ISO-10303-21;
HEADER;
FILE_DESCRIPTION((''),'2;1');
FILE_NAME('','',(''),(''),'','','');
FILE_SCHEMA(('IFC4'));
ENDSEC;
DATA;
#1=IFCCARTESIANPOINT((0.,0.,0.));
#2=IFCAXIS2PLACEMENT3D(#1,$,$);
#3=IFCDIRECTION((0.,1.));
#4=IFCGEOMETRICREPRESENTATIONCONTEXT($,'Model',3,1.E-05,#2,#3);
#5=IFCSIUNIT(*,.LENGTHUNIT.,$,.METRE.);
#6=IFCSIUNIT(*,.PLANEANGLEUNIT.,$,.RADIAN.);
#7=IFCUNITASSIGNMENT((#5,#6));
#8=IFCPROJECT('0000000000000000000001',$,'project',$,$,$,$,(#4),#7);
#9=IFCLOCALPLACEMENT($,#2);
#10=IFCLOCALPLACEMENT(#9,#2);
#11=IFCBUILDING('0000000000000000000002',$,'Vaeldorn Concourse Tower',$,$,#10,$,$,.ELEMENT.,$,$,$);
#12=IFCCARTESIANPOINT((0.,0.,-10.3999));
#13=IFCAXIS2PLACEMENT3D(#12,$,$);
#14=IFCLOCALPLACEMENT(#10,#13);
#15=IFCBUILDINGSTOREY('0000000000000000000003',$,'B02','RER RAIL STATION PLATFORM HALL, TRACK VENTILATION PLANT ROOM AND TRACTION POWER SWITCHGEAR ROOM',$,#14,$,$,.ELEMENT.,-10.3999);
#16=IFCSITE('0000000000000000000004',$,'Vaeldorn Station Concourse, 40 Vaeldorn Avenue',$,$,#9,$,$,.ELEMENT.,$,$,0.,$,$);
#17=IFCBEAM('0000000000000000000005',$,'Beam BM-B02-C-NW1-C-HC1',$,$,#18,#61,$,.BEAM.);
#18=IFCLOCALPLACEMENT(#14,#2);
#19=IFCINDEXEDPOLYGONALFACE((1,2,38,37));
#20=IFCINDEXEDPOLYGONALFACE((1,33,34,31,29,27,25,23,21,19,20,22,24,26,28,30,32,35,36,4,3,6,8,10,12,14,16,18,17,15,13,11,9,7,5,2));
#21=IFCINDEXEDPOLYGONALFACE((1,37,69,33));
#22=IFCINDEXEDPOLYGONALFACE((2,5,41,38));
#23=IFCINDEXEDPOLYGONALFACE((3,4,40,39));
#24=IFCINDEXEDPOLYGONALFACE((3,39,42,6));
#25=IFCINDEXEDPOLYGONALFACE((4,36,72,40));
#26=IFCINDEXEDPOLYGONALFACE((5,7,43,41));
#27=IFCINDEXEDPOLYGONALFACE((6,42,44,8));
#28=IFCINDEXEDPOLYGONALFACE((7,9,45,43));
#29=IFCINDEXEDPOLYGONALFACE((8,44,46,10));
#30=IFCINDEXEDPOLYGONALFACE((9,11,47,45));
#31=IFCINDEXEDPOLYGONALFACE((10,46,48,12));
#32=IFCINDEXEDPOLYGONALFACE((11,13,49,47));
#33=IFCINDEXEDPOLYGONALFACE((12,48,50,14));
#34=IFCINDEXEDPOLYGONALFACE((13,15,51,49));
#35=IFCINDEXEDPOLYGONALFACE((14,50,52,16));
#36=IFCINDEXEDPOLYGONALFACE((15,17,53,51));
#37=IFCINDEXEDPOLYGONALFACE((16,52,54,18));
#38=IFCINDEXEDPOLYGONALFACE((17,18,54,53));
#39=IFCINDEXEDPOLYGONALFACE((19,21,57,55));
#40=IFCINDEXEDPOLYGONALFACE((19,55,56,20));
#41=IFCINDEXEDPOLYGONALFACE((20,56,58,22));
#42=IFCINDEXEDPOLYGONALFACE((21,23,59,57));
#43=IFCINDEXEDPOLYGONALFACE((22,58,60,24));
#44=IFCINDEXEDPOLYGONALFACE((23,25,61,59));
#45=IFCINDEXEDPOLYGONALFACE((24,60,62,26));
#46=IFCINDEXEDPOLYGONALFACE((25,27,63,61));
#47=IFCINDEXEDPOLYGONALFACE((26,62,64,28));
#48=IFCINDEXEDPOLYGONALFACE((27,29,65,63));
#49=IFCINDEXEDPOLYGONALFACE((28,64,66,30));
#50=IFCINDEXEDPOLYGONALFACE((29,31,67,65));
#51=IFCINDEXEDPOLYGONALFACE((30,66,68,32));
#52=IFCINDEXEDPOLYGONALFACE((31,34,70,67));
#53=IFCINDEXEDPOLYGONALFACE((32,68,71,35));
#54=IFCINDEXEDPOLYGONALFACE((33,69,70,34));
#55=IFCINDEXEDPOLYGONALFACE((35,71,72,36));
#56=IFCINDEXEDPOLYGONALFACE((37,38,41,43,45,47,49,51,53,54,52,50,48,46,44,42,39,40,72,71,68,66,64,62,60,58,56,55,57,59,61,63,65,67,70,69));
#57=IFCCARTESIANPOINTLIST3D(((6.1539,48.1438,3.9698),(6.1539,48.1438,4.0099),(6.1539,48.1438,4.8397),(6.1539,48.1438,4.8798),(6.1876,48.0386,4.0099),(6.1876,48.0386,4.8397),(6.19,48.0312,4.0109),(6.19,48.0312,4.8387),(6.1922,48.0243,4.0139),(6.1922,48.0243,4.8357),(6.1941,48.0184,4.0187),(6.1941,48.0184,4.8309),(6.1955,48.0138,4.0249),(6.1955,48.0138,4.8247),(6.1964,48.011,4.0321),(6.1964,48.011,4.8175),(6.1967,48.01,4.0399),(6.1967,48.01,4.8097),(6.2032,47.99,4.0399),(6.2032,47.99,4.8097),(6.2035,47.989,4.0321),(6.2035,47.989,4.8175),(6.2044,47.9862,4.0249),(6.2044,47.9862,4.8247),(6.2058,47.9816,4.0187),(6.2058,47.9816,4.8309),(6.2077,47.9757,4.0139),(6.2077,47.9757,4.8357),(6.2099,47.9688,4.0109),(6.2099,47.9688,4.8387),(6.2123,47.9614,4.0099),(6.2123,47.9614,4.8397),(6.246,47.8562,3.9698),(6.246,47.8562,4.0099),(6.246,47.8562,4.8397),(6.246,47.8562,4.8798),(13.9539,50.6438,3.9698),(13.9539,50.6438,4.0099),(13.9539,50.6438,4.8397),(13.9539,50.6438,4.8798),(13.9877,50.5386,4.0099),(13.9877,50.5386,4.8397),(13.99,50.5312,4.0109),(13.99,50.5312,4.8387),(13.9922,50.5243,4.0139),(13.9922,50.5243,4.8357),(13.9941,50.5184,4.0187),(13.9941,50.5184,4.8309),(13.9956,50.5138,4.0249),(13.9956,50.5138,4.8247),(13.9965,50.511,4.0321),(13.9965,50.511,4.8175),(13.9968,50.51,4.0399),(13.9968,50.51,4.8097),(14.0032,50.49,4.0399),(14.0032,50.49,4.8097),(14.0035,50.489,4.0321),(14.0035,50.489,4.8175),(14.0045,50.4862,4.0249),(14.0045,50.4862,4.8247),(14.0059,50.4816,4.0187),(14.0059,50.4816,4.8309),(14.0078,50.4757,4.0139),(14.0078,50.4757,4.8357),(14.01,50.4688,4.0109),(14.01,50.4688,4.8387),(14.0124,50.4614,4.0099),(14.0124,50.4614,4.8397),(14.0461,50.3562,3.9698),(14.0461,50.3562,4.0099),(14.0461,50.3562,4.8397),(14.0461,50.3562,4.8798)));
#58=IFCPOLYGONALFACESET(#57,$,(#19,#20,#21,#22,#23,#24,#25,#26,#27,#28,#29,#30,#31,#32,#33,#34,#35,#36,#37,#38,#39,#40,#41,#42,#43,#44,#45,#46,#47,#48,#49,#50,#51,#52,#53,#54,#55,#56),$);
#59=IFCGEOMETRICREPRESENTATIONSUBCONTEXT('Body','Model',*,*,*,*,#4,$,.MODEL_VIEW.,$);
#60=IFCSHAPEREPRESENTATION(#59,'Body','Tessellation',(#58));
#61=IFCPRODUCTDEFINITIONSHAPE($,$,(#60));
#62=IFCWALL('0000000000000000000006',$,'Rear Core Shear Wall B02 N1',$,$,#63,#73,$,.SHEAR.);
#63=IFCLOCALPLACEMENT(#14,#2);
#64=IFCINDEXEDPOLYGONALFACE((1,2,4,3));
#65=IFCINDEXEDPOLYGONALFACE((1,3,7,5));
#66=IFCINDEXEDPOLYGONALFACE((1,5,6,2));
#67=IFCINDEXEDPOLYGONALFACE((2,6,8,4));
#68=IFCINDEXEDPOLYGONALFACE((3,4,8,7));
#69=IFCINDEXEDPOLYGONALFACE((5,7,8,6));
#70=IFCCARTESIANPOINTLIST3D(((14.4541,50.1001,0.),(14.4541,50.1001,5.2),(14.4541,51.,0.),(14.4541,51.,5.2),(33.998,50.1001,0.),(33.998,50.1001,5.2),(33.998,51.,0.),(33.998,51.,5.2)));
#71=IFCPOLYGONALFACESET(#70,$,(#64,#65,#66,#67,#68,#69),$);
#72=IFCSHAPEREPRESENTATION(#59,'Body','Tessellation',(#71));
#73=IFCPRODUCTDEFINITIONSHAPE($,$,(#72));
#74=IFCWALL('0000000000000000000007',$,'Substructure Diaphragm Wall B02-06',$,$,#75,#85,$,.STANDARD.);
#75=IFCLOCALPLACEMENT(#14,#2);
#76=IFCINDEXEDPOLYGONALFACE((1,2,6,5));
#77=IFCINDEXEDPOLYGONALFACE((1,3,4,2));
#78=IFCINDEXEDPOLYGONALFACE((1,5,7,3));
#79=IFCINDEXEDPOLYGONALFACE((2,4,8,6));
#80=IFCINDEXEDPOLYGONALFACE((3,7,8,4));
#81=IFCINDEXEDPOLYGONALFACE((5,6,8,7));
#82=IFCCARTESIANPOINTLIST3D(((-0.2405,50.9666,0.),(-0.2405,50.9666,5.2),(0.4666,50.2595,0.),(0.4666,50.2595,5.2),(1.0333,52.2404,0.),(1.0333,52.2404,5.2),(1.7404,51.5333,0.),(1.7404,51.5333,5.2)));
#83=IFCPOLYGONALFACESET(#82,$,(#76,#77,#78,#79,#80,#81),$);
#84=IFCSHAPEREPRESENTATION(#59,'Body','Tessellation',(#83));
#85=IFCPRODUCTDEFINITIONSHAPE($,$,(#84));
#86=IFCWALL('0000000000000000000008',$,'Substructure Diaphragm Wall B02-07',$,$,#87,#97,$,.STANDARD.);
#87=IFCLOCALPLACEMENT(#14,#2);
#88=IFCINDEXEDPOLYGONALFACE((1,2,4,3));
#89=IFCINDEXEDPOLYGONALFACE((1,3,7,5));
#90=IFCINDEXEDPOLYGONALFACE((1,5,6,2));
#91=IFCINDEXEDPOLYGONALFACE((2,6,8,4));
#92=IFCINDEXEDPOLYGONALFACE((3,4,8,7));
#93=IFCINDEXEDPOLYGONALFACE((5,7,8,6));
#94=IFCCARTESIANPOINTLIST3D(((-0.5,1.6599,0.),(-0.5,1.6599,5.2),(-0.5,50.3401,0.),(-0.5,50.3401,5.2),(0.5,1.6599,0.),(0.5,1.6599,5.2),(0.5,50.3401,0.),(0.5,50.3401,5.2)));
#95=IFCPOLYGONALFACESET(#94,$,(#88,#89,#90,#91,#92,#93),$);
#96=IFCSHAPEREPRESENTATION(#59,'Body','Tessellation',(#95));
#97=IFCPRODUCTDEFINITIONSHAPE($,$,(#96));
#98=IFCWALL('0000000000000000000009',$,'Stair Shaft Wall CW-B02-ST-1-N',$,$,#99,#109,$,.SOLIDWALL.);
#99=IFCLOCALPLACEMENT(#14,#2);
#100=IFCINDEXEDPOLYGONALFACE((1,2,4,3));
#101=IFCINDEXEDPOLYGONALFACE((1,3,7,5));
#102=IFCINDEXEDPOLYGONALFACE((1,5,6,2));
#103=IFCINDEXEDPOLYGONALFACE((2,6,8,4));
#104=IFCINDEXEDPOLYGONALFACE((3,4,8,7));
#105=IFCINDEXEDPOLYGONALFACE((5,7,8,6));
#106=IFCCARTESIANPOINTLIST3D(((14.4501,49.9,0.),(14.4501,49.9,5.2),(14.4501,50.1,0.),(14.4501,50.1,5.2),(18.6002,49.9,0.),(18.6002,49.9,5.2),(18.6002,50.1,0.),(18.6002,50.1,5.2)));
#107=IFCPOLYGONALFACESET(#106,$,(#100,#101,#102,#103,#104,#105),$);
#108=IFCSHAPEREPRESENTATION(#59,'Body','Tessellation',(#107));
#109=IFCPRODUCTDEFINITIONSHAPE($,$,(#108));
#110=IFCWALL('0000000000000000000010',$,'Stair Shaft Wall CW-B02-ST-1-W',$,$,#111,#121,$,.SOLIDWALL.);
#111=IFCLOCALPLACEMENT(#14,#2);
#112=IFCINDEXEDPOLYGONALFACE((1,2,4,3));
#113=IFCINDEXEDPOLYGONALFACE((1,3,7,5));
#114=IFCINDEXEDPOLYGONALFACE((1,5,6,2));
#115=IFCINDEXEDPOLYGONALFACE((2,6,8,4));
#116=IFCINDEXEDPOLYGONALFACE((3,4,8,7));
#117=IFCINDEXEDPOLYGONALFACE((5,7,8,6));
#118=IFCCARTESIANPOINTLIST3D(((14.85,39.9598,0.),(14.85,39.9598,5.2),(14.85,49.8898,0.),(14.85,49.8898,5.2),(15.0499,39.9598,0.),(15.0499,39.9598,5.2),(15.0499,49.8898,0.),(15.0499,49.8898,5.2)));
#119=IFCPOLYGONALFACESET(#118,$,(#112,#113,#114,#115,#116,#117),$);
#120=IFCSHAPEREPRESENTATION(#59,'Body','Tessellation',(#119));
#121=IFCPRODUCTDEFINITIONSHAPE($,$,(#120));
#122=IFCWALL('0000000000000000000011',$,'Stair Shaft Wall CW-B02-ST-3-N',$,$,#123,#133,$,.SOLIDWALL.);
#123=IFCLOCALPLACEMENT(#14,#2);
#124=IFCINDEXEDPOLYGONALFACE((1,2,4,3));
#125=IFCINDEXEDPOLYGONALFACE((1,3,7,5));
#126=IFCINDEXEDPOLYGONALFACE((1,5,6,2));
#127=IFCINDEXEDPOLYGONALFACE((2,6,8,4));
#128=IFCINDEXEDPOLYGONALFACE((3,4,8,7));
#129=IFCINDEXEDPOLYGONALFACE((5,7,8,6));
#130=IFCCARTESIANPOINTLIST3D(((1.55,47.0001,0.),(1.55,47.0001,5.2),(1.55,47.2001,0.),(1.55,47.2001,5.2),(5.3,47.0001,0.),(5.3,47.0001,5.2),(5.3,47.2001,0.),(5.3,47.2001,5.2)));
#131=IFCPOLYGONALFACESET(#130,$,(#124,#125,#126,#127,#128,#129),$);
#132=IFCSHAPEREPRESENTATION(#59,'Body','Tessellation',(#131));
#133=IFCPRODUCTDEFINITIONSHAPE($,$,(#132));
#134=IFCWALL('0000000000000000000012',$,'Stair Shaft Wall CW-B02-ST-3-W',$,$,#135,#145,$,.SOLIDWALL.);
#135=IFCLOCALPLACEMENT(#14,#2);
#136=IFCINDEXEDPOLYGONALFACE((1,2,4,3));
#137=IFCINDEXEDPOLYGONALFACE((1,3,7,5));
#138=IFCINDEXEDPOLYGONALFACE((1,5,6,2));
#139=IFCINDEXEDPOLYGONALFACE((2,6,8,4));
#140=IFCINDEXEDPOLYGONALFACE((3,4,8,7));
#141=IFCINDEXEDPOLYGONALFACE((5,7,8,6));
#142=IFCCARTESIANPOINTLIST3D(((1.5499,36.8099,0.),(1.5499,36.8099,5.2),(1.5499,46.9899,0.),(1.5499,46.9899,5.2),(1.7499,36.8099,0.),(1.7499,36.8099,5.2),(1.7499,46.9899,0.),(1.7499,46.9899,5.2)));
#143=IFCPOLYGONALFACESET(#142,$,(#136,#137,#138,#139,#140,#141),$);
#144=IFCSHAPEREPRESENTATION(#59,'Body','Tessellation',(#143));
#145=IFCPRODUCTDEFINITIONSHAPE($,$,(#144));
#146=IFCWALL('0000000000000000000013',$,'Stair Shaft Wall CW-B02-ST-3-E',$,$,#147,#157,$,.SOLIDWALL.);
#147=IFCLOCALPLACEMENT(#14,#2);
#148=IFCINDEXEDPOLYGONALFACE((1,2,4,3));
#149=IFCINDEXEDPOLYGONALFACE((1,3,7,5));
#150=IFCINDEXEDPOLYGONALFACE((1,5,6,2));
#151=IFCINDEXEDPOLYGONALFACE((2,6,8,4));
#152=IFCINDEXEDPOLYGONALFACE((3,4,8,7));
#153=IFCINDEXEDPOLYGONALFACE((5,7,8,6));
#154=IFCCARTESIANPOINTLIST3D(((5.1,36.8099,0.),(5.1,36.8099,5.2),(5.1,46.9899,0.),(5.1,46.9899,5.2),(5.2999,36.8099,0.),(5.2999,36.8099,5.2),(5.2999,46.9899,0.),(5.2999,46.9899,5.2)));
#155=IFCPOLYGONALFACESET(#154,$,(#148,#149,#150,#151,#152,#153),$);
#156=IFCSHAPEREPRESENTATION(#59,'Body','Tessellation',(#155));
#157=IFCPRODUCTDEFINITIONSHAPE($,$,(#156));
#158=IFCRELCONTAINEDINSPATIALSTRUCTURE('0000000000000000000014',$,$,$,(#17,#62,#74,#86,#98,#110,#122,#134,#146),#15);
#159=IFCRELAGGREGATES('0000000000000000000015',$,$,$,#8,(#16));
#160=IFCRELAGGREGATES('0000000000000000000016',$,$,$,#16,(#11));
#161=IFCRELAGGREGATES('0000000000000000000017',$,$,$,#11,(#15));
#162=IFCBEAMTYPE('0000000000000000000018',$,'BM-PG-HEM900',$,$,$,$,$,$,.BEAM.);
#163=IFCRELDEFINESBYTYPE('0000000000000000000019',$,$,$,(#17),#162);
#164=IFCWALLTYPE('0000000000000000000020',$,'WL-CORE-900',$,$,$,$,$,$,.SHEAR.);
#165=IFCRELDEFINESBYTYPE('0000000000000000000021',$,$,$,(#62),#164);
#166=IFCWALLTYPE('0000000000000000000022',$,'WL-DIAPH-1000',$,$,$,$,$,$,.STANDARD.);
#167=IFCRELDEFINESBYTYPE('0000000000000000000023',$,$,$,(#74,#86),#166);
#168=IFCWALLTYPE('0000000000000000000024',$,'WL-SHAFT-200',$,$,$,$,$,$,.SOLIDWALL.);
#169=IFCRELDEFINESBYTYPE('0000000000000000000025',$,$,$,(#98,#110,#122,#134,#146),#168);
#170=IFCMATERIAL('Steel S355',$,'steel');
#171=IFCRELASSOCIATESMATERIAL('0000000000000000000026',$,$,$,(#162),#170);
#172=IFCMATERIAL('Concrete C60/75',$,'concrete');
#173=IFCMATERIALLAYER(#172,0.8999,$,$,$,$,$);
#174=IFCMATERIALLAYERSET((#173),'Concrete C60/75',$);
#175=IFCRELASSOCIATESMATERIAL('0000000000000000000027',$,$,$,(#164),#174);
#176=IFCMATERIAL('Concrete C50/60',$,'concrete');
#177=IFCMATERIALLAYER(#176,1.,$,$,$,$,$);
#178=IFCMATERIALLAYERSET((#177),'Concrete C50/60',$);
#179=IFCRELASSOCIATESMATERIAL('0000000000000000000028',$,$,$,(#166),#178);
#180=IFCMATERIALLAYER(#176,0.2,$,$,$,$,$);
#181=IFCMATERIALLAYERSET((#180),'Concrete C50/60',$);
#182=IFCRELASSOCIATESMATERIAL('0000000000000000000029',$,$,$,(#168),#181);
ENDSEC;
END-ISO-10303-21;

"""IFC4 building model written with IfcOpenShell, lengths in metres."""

from ifc_helpers import new_model, si_unit, direction, frame, frame_2d, origin, origin_2d, place, context, subcontext, project, spatial, rectangle, i_section, extrude, source, transform, mapped, material, layer, layer_set, material_profile, profile_set, type_object, element, save


model = new_model("IFC4")

# Units and contexts
model_context = context("Model", 3, precision=1e-05, world=origin(), true_north=direction((0.0, 1.0)))
body_context = subcontext(model_context, "Body", "Model", "MODEL_VIEW")
ifc_project = project(units=[si_unit("LENGTHUNIT", "METRE"), si_unit("PLANEANGLEUNIT", "RADIAN")], contexts=[model_context])

# Site, building, storey
site_placement = place(None, origin())
site = spatial("IfcSite", under=ifc_project, at=site_placement, Name="Vaeldorn Station Concourse, 40 Vaeldorn Avenue", CompositionType="ELEMENT", RefElevation=0.0)
building_placement = place(site_placement, origin())
building = spatial("IfcBuilding", under=site, at=building_placement, Name="Vaeldorn Concourse Tower", CompositionType="ELEMENT")
storey_placement = place(building_placement, frame((0.0, 0.0, -10.3999)))
storey = spatial("IfcBuildingStorey", under=building, at=storey_placement, Name="B02", Description="RER RAIL STATION PLATFORM HALL, TRACK VENTILATION PLANT ROOM AND TRACTION POWER SWITCHGEAR ROOM", CompositionType="ELEMENT", Elevation=-10.3999)

# Beam
ifc_material_1 = material(Name="Steel S355", Category="steel")
ifc_material_profile_1 = material_profile(ifc_material_1, i_section(OverallWidth=0.302, OverallDepth=0.9099, WebThickness=0.021, FlangeThickness=0.04, FilletRadius=0.03, at=origin_2d()), Name="HEM 900")
ifc_profile_set_1 = profile_set([ifc_material_profile_1], Name="Steel S355")
beam_type_1 = type_object("IfcBeamType", Name="BM-PG-HEM900", PredefinedType="BEAM", material=ifc_profile_set_1)
shared_shape_1 = source(origin(), body_context, "Body", "SweptSolid", [
    extrude(i_section(OverallWidth=0.302, OverallDepth=0.9099, WebThickness=0.021, FlangeThickness=0.04, FilletRadius=0.03, at=origin_2d()), origin(), (0.0, 0.0, 1.0), 8.1909),
])
beam_1_placement = place(storey_placement, frame((6.2, 48.0, 4.4248), z_axis=(0.952283, 0.305217, 0.0), x_axis=(-0.305217, 0.952283, 0.0)))
element("IfcBeam", 1, at=beam_1_placement, inside=storey, type_object=beam_type_1, Name="Beam BM-B02-C-NW1-C-HC1", PredefinedType="BEAM", context=body_context, shape_type="MappedRepresentation", body=[
    mapped(shared_shape_1, transform((0.0, 0.0, 0.0), scale=1.0)),
])

# Walls
ifc_material_2 = material(Name="Concrete C60/75", Category="concrete")
ifc_layer_1 = layer(ifc_material_2, 0.8999)
ifc_layer_set_1 = layer_set([ifc_layer_1], Name="Concrete C60/75")
wall_type_1 = type_object("IfcWallType", Name="WL-CORE-900", PredefinedType="SHEAR", material=ifc_layer_set_1)
wall_1_placement = place(storey_placement, frame((14.4541, 50.55, 0.0), z_axis=(0.0, 0.0, 1.0), x_axis=(1.0, 0.0, 0.0)))
element("IfcWall", 2, at=wall_1_placement, inside=storey, type_object=wall_type_1, Name="Rear Core Shear Wall B02 N1", PredefinedType="SHEAR", context=body_context, shape_type="SweptSolid", body=[
    extrude(rectangle(XDim=19.5439, YDim=0.8999, at=frame_2d((9.772, 0.0))), origin(), (0.0, 0.0, 1.0), 5.2),
])
ifc_material_3 = material(Name="Concrete C50/60", Category="concrete")
ifc_layer_2 = layer(ifc_material_3, 1.0)
ifc_layer_set_2 = layer_set([ifc_layer_2], Name="Concrete C50/60")
wall_type_2 = type_object("IfcWallType", Name="WL-DIAPH-1000", PredefinedType="STANDARD", material=ifc_layer_set_2)
wall_2_placement = place(storey_placement, frame((1.387, 51.887, 0.0), z_axis=(0.0, 0.0, 1.0), x_axis=(-0.707107, -0.707107, 0.0)))
element("IfcWall", 3, at=wall_2_placement, inside=storey, type_object=wall_type_2, Name="Substructure Diaphragm Wall B02-06", PredefinedType="STANDARD", context=body_context, shape_type="SweptSolid", body=[
    extrude(rectangle(XDim=1.8015, YDim=1.0, at=frame_2d((0.9009, 0.0))), origin(), (0.0, 0.0, 1.0), 5.2),
])
wall_3_placement = place(storey_placement, frame((0.0, 50.3401, 0.0), z_axis=(0.0, 0.0, 1.0), x_axis=(0.0, -1.0, 0.0)))
element("IfcWall", 4, at=wall_3_placement, inside=storey, type_object=wall_type_2, Name="Substructure Diaphragm Wall B02-07", PredefinedType="STANDARD", context=body_context, shape_type="SweptSolid", body=[
    extrude(rectangle(XDim=48.6802, YDim=1.0, at=frame_2d((24.3401, 0.0))), origin(), (0.0, 0.0, 1.0), 5.2),
])

# Shared definitions
ifc_layer_3 = layer(ifc_material_3, 0.2)
ifc_layer_set_3 = layer_set([ifc_layer_3], Name="Concrete C50/60")
wall_type_3 = type_object("IfcWallType", Name="WL-SHAFT-200", PredefinedType="SOLIDWALL", material=ifc_layer_set_3)

# Walls
wall_4_placement = place(storey_placement, frame((14.45, 50.0, 0.0), z_axis=(0.0, 0.0, 1.0), x_axis=(1.0, 0.0, 0.0)))
element("IfcWall", 5, at=wall_4_placement, inside=storey, type_object=wall_type_3, Name="Stair Shaft Wall CW-B02-ST-1-N", PredefinedType="SOLIDWALL", context=body_context, shape_type="SweptSolid", body=[
    extrude(rectangle(XDim=4.1501, YDim=0.2, at=frame_2d((2.0752, 0.0))), origin(), (0.0, 0.0, 1.0), 5.2),
])
wall_5_placement = place(storey_placement, frame((14.95, 39.96, 0.0), z_axis=(0.0, 0.0, 1.0), x_axis=(0.0, 1.0, 0.0)))
element("IfcWall", 6, at=wall_5_placement, inside=storey, type_object=wall_type_3, Name="Stair Shaft Wall CW-B02-ST-1-W", PredefinedType="SOLIDWALL", context=body_context, shape_type="SweptSolid", body=[
    extrude(rectangle(XDim=9.9299, YDim=0.2, at=frame_2d((4.9648, 0.0))), origin(), (0.0, 0.0, 1.0), 5.2),
])

# Walls
wall_6_placement = place(storey_placement, frame((1.55, 47.1001, 0.0), z_axis=(0.0, 0.0, 1.0), x_axis=(1.0, 0.0, 0.0)))
element("IfcWall", 7, at=wall_6_placement, inside=storey, type_object=wall_type_3, Name="Stair Shaft Wall CW-B02-ST-3-N", PredefinedType="SOLIDWALL", context=body_context, shape_type="SweptSolid", body=[
    extrude(rectangle(XDim=3.75, YDim=0.2, at=frame_2d((1.875, 0.0))), origin(), (0.0, 0.0, 1.0), 5.2),
])
for number, where, z_axis, x_axis, name in (
    (8, (1.6499, 36.8101, 0.0), (0.0, 0.0, 1.0), (0.0, 1.0, 0.0), "Stair Shaft Wall CW-B02-ST-3-W"),
    (9, (5.2, 36.8101, 0.0), (0.0, 0.0, 1.0), (0.0, 1.0, 0.0), "Stair Shaft Wall CW-B02-ST-3-E"),
):
    element("IfcWall", number, at=place(storey_placement, frame(where, z_axis=z_axis, x_axis=x_axis)), inside=storey, type_object=wall_type_3, Name=name, PredefinedType="SOLIDWALL", context=body_context, shape_type="SweptSolid", body=[
        extrude(rectangle(XDim=10.1799, YDim=0.2, at=frame_2d((5.0898, 0.0))), origin(), (0.0, 0.0, 1.0), 5.2),
    ])

save(model, "model.ifc")
